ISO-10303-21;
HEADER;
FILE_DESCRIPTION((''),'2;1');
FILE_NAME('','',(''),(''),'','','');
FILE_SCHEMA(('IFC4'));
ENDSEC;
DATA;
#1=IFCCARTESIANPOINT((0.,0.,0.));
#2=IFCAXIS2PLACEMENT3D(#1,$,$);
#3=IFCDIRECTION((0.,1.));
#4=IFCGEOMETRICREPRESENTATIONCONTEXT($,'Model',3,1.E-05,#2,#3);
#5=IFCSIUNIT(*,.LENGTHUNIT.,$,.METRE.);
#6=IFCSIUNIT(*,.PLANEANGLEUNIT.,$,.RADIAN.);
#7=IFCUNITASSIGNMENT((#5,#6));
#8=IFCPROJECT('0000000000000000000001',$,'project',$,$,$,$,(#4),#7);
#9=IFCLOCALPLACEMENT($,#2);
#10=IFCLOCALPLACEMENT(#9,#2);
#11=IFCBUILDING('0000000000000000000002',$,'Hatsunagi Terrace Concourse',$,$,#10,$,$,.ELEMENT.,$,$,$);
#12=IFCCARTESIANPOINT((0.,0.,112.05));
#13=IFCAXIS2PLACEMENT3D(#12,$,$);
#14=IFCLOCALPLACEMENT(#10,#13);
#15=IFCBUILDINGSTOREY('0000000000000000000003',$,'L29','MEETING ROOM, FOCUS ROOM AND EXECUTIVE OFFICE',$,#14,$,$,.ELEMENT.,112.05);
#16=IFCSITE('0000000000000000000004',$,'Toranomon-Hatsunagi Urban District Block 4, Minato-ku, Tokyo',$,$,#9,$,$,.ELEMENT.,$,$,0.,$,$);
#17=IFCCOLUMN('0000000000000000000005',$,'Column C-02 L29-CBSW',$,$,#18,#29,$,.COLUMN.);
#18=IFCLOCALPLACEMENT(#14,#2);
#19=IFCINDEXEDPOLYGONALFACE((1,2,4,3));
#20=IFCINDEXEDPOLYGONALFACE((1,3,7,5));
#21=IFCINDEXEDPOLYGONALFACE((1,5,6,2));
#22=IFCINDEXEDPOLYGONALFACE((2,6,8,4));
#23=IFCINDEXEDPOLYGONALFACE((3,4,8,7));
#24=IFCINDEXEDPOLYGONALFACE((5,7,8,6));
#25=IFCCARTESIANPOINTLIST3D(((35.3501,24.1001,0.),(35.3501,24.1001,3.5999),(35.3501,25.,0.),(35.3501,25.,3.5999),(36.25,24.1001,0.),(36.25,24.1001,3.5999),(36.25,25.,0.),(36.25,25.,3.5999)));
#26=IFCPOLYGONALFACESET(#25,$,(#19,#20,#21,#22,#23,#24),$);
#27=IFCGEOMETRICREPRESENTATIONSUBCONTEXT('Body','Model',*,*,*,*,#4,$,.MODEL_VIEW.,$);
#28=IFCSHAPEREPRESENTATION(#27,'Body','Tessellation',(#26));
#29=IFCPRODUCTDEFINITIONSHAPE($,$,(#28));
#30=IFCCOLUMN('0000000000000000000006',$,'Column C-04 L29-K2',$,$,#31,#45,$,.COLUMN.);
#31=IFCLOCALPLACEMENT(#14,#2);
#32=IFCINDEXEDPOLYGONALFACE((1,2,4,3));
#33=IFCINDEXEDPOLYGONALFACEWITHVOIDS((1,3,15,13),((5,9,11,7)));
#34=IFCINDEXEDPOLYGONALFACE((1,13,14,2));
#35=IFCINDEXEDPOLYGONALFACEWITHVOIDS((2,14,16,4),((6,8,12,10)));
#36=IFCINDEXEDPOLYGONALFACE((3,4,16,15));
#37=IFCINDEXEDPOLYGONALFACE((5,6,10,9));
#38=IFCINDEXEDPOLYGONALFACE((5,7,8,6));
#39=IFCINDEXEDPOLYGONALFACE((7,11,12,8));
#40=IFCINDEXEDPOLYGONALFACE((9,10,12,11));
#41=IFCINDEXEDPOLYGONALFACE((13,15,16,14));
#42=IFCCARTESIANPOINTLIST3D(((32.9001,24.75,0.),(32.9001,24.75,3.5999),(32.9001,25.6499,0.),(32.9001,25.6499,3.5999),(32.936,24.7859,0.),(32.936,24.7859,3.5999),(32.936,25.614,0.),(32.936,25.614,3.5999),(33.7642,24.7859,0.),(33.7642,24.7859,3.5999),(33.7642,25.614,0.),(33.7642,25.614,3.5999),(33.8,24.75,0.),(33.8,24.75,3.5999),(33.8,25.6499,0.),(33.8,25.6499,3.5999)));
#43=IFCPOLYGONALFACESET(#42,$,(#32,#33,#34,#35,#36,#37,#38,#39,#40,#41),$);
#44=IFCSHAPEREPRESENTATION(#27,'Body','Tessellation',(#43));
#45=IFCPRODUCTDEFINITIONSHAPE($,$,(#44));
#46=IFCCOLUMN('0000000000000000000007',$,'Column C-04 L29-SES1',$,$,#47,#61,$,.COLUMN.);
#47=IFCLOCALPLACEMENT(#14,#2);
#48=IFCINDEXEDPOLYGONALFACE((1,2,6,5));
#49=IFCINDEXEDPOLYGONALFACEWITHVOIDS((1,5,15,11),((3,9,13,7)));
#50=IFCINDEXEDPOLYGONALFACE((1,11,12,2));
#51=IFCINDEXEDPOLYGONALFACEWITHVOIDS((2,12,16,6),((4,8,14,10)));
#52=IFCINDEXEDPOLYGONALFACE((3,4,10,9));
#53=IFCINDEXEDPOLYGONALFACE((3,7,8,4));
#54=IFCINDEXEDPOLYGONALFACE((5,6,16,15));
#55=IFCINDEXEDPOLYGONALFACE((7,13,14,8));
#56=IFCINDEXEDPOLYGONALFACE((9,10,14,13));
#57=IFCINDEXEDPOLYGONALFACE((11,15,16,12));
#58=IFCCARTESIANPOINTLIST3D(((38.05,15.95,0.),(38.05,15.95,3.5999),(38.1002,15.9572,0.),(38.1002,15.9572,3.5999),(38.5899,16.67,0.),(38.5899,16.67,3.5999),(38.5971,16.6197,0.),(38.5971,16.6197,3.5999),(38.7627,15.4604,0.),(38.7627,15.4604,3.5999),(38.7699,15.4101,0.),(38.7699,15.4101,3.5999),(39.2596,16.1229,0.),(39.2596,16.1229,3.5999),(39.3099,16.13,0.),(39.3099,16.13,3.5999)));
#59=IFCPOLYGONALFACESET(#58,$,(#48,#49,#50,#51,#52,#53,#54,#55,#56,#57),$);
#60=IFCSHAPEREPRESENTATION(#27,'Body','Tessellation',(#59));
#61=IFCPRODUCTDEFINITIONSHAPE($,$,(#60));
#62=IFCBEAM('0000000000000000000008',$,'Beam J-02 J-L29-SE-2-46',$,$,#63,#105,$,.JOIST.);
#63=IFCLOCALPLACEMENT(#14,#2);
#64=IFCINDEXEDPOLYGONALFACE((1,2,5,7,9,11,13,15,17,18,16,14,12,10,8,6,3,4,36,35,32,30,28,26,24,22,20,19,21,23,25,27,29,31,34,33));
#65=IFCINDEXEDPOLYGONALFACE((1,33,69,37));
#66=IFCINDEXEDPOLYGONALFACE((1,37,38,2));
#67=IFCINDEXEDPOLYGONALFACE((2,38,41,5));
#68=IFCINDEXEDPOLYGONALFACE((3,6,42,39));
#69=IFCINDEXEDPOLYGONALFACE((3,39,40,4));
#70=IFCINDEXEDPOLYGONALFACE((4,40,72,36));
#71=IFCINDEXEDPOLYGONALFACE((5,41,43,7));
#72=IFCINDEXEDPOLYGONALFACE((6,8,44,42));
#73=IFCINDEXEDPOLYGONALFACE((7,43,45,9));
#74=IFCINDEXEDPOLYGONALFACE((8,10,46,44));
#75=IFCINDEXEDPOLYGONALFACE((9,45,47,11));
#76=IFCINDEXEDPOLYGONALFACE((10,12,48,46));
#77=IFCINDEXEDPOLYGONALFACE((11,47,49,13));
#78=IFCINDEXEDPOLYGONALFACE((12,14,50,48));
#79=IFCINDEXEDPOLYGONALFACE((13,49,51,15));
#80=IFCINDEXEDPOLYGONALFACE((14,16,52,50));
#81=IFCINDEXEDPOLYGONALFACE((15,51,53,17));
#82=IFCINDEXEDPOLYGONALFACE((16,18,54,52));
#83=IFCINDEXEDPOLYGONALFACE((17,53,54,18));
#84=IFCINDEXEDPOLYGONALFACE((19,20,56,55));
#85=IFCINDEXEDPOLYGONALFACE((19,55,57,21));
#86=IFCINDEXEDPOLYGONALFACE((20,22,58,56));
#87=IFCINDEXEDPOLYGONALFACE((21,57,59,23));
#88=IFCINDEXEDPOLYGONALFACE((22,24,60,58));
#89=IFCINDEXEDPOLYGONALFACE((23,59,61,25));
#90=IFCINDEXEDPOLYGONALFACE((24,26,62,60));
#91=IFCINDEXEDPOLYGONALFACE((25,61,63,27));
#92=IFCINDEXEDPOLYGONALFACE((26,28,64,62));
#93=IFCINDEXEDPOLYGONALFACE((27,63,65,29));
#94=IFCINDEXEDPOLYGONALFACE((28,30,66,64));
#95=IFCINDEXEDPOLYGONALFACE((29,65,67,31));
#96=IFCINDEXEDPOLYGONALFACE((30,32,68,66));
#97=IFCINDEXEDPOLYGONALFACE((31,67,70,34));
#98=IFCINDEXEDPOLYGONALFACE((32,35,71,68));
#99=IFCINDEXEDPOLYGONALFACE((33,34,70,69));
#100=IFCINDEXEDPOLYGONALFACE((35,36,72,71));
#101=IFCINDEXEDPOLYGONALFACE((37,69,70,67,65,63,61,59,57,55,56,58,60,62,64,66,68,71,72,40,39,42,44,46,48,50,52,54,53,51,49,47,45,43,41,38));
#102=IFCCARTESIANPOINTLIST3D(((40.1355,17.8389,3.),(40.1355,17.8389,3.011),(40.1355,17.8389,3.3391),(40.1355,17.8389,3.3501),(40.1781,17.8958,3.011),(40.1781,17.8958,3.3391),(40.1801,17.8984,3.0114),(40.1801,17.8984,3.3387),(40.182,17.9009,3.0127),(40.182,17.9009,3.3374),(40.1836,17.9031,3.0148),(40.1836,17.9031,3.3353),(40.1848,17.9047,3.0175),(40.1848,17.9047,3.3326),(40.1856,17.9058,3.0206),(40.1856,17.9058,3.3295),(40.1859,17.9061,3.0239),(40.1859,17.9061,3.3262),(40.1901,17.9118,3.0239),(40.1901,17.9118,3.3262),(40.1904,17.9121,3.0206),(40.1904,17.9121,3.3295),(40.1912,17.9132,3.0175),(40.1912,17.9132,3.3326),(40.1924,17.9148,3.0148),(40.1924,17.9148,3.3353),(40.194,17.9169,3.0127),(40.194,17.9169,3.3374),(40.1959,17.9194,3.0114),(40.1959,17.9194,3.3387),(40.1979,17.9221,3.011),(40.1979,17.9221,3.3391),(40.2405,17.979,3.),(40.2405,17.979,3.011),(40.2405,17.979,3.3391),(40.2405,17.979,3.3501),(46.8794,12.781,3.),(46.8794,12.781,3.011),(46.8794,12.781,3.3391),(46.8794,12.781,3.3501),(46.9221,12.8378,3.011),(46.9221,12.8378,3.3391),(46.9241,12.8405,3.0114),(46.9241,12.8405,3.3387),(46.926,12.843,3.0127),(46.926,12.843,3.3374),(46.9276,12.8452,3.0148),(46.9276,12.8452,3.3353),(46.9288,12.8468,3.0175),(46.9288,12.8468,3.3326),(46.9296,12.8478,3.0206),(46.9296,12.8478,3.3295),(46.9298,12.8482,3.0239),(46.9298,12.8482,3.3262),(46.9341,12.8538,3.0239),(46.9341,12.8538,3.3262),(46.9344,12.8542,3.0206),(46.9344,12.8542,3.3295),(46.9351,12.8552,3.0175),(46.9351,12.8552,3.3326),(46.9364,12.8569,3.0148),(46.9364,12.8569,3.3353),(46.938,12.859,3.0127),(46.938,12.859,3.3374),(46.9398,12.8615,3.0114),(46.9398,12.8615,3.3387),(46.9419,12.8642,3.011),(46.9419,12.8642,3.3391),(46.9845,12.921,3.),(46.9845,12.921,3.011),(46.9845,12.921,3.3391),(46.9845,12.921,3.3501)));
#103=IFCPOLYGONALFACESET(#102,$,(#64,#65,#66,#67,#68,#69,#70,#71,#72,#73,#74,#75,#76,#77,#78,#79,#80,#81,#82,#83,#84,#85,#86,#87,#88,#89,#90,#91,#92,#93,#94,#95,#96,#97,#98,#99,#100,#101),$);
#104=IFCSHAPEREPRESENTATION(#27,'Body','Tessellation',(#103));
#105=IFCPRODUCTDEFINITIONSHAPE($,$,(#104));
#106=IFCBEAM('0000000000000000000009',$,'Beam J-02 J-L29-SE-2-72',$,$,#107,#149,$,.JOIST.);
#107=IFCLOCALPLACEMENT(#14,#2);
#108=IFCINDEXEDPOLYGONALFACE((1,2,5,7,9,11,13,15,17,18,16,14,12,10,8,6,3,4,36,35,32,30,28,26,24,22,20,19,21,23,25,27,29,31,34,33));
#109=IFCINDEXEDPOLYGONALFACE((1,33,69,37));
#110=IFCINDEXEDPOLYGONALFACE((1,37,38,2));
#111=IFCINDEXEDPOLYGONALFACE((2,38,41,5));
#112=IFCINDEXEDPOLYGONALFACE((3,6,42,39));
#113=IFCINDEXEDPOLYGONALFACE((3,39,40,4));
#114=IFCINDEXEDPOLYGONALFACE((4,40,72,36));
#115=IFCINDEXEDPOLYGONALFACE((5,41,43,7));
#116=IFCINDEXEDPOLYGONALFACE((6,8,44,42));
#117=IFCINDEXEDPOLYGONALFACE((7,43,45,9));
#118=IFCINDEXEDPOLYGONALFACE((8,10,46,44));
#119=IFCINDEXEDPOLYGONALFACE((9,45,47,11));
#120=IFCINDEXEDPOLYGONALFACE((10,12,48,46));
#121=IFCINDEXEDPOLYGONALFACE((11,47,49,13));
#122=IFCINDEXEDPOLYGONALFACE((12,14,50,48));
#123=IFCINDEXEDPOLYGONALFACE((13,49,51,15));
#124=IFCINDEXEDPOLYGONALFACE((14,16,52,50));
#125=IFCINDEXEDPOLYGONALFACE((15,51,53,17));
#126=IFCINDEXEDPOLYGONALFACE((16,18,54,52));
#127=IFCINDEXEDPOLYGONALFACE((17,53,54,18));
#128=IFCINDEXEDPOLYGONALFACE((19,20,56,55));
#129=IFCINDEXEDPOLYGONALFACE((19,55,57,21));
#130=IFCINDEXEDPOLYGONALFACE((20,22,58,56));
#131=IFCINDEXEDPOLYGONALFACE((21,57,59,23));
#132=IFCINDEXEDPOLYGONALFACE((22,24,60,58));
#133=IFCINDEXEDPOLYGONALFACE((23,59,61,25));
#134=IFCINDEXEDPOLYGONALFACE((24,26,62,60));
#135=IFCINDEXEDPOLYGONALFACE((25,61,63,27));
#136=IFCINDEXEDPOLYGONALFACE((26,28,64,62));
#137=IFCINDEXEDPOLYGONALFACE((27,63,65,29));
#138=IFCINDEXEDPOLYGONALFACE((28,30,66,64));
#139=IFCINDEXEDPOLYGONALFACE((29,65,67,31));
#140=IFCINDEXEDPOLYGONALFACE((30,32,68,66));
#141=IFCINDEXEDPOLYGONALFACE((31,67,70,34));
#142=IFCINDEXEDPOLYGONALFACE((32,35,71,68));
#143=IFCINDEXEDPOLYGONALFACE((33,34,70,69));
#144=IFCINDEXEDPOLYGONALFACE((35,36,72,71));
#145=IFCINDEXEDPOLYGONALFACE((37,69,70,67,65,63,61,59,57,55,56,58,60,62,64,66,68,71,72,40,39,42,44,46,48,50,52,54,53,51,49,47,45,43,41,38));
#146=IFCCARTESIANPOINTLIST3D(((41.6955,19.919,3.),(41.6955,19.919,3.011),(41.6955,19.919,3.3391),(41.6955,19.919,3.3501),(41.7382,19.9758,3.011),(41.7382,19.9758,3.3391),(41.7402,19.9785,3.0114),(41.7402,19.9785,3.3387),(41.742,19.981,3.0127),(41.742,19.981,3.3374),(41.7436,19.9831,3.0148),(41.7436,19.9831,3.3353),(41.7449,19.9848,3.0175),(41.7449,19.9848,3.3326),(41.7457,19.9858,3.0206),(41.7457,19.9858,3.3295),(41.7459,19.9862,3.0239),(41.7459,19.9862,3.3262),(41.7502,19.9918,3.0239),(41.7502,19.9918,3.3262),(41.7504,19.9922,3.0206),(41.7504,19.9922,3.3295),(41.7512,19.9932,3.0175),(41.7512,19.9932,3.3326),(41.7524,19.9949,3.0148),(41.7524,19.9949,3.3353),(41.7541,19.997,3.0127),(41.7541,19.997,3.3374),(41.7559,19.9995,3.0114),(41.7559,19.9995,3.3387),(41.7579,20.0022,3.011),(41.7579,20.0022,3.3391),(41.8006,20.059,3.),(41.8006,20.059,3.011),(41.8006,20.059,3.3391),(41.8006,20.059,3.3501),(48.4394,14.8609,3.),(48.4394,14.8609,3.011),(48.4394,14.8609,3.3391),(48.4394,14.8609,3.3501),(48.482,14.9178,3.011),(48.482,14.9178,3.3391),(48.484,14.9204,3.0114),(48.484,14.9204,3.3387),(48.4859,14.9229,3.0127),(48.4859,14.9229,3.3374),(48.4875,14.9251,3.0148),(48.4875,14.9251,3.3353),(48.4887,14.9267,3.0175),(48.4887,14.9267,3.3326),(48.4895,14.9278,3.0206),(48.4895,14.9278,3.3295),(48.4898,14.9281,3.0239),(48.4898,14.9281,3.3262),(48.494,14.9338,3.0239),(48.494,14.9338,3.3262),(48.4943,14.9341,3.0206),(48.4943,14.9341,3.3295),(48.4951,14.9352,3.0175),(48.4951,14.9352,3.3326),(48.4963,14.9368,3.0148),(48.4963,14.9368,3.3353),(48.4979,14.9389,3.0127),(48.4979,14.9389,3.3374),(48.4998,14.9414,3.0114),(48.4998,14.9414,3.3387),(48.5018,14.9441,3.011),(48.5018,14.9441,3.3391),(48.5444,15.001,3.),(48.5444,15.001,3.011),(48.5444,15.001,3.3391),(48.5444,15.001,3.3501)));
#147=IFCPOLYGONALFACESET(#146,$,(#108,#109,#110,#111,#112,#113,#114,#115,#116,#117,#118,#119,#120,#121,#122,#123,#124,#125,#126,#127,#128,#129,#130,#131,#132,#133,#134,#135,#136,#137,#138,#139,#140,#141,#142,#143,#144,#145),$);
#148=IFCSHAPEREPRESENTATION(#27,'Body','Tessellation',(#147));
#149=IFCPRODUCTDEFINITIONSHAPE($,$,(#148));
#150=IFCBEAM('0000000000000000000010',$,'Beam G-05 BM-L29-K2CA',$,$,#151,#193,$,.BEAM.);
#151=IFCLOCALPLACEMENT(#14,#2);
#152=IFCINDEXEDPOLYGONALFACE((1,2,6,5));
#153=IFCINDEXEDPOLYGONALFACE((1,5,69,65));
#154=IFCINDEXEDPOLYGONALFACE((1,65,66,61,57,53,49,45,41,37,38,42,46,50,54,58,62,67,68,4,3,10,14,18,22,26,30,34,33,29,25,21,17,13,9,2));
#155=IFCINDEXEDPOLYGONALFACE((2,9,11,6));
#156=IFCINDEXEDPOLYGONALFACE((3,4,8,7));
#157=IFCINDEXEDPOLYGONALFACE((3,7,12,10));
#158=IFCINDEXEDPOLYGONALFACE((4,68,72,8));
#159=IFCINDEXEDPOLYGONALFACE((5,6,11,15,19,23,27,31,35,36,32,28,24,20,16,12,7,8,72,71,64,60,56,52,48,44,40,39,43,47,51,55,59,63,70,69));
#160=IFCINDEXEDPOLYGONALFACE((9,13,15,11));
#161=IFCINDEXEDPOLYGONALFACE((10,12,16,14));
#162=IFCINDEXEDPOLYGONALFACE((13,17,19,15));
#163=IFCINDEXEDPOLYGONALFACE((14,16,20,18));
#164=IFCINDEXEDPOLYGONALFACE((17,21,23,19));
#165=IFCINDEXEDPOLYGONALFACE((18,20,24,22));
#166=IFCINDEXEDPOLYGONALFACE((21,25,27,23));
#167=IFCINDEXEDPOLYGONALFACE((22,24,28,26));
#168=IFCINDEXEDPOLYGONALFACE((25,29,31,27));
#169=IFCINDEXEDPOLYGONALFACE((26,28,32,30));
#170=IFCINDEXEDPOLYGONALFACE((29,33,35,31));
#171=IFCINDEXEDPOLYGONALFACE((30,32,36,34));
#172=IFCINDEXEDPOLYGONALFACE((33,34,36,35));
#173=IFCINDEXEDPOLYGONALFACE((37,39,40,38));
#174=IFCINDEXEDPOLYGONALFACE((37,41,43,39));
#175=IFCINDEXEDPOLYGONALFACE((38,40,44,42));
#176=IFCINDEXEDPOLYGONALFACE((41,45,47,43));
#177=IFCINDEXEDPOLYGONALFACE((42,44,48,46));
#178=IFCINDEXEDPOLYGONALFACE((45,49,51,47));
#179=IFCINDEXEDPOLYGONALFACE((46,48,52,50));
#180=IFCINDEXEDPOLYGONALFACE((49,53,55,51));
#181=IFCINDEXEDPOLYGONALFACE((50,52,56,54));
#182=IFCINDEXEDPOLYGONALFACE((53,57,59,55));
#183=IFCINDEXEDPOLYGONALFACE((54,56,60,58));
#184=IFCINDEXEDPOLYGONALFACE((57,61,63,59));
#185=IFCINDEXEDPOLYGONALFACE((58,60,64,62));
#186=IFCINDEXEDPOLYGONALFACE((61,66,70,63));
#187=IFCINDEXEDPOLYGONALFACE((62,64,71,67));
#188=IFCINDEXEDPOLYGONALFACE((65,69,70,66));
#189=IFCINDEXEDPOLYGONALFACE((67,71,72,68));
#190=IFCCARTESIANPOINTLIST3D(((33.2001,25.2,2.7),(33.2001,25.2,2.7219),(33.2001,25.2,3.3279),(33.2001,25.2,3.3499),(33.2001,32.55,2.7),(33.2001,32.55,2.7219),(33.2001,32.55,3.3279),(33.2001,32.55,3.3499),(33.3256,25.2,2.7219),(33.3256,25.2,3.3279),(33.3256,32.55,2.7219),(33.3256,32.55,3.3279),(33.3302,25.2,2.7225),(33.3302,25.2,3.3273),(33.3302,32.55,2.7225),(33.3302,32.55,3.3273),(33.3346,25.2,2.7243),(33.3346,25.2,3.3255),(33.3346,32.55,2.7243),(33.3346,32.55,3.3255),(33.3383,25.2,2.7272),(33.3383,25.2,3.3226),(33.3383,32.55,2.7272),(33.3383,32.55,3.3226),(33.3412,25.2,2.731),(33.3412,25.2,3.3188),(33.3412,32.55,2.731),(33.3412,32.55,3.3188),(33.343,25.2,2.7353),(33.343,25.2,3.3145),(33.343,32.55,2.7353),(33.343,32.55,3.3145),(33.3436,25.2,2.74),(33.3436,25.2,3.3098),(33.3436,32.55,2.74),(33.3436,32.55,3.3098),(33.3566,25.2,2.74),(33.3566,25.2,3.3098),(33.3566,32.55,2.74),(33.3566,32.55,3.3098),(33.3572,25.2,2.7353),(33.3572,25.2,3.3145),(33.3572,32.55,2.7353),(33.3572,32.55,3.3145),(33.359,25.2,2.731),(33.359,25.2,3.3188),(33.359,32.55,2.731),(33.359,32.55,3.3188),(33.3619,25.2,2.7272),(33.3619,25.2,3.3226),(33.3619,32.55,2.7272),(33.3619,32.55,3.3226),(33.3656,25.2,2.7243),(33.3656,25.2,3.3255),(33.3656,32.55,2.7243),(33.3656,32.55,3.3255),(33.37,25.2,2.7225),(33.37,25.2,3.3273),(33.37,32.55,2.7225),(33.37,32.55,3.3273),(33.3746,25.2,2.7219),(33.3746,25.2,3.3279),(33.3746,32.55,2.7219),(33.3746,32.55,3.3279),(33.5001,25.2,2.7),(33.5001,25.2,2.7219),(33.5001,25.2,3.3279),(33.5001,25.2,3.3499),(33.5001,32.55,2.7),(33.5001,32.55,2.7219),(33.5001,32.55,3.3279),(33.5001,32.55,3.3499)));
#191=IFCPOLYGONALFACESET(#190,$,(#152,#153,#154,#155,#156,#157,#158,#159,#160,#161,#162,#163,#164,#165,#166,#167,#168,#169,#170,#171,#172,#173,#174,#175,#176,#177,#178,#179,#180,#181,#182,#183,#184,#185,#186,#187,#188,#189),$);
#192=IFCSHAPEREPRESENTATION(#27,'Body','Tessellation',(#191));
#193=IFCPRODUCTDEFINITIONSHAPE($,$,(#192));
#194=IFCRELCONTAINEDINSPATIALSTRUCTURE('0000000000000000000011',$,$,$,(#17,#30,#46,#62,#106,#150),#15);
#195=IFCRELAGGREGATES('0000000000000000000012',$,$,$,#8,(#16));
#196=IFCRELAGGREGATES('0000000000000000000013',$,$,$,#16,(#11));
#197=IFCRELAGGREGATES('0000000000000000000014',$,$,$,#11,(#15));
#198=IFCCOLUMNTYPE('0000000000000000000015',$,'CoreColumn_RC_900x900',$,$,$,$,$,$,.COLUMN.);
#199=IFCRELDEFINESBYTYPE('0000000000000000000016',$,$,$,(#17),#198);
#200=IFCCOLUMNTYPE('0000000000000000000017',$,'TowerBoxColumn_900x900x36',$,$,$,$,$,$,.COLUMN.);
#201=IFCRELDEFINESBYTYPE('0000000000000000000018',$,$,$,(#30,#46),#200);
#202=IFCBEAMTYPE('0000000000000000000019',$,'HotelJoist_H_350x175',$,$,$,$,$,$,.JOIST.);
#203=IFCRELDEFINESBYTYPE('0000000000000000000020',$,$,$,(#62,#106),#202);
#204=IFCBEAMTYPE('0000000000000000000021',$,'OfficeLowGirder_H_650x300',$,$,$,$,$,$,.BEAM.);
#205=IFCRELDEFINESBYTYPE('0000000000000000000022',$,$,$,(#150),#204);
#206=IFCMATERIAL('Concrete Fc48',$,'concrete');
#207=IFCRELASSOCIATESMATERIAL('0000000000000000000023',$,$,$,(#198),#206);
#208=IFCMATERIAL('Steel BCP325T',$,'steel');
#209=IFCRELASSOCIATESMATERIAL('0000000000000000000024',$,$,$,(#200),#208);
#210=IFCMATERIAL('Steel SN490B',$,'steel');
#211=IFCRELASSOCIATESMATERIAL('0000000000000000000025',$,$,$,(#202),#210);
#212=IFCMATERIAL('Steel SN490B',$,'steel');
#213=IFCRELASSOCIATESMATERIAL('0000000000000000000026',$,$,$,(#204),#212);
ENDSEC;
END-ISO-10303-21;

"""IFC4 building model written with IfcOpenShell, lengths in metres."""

from ifc_helpers import new_model, si_unit, direction, frame, origin, origin_2d, place, context, subcontext, project, spatial, rectangle, hollow_rectangle, i_section, extrude, material, material_profile, profile_set, type_object, element, save


model = new_model("IFC4")

# Units and contexts
model_context = context("Model", 3, precision=1e-05, world=origin(), true_north=direction((0.0, 1.0)))
body_context = subcontext(model_context, "Body", "Model", "MODEL_VIEW")
ifc_project = project(units=[si_unit("LENGTHUNIT", "METRE"), si_unit("PLANEANGLEUNIT", "RADIAN")], contexts=[model_context])

# Site, building, storey
site_placement = place(None, origin())
site = spatial("IfcSite", under=ifc_project, at=site_placement, Name="Toranomon-Hatsunagi Urban District Block 4, Minato-ku, Tokyo", CompositionType="ELEMENT", RefElevation=0.0)
building_placement = place(site_placement, origin())
building = spatial("IfcBuilding", under=site, at=building_placement, Name="Hatsunagi Terrace Concourse", CompositionType="ELEMENT")
storey_placement = place(building_placement, frame((0.0, 0.0, 112.05)))
storey = spatial("IfcBuildingStorey", under=building, at=storey_placement, Name="L29", Description="MEETING ROOM, FOCUS ROOM AND EXECUTIVE OFFICE", CompositionType="ELEMENT", Elevation=112.05)

# Columns
ifc_material_1 = material(Name="Concrete Fc48", Category="concrete")
ifc_material_profile_1 = material_profile(ifc_material_1, rectangle(XDim=0.8999, YDim=0.8999, at=origin_2d()), Name="RC-900x900")
ifc_profile_set_1 = profile_set([ifc_material_profile_1], Name="Concrete Fc48")
column_type_1 = type_object("IfcColumnType", Name="CoreColumn_RC_900x900", PredefinedType="COLUMN", material=ifc_profile_set_1)
column_placement = place(storey_placement, frame((35.8, 24.55, 0.0), z_axis=(0.0, 0.0, 1.0), x_axis=(1.0, 0.0, 0.0)))
element("IfcColumn", 1, at=column_placement, inside=storey, type_object=column_type_1, Name="Column C-02 L29-CBSW", PredefinedType="COLUMN", context=body_context, shape_type="SweptSolid", body=[
    extrude(rectangle(XDim=0.8999, YDim=0.8999, at=origin_2d()), origin(), (0.0, 0.0, 1.0), 3.5999),
])
ifc_material_2 = material(Name="Steel BCP325T", Category="steel")
ifc_material_profile_2 = material_profile(ifc_material_2, hollow_rectangle(XDim=0.8999, YDim=0.8999, WallThickness=0.0359, at=origin_2d()), Name="BCP-900x900x36")
ifc_profile_set_2 = profile_set([ifc_material_profile_2], Name="Steel BCP325T")
column_type_2 = type_object("IfcColumnType", Name="TowerBoxColumn_900x900x36", PredefinedType="COLUMN", material=ifc_profile_set_2)
for number, where, z_axis, x_axis, name in (
    (2, (33.3501, 25.2, 0.0), (0.0, 0.0, 1.0), (1.0, 0.0, 0.0), "Column C-04 L29-K2"),
    (3, (38.6799, 16.04, 0.0), (0.0, 0.0, 1.0), (0.8, -0.6, 0.0), "Column C-04 L29-SES1"),
):
    element("IfcColumn", number, at=place(storey_placement, frame(where, z_axis=z_axis, x_axis=x_axis)), inside=storey, type_object=column_type_2, Name=name, PredefinedType="COLUMN", context=body_context, shape_type="SweptSolid", body=[
        extrude(hollow_rectangle(XDim=0.8999, YDim=0.8999, WallThickness=0.0359, at=origin_2d()), origin(), (0.0, 0.0, 1.0), 3.5999),
    ])

# Beams
ifc_material_3 = material(Name="Steel SN490B", Category="steel")
ifc_material_profile_3 = material_profile(ifc_material_3, i_section(OverallWidth=0.175, OverallDepth=0.3501, WebThickness=0.0071, FlangeThickness=0.011, FilletRadius=0.0129, at=origin_2d()), Name="H-350x175x7x11")
ifc_profile_set_3 = profile_set([ifc_material_profile_3], Name="Steel SN490B")
beam_type_1 = type_object("IfcBeamType", Name="HotelJoist_H_350x175", PredefinedType="JOIST", material=ifc_profile_set_3)
for number, where, z_axis, x_axis, name in (
    (4, (40.188, 17.9089, 3.175), (0.800003, -0.599995, 0.0), (0.599995, 0.800003, 0.0), "Beam J-02 J-L29-SE-2-46"),
    (5, (41.748, 19.989, 3.175), (0.79999, -0.600014, 0.0), (0.600014, 0.79999, 0.0), "Beam J-02 J-L29-SE-2-72"),
):
    element("IfcBeam", number, at=place(storey_placement, frame(where, z_axis=z_axis, x_axis=x_axis)), inside=storey, type_object=beam_type_1, Name=name, PredefinedType="JOIST", context=body_context, shape_type="SweptSolid", body=[
        extrude(i_section(OverallWidth=0.175, OverallDepth=0.3501, WebThickness=0.0071, FlangeThickness=0.011, FilletRadius=0.0129, at=origin_2d()), origin(), (0.0, 0.0, 1.0), 8.4299),
    ])
ifc_material_4 = material(Name="Steel SN490B", Category="steel")
ifc_material_profile_4 = material_profile(ifc_material_4, i_section(OverallWidth=0.3, OverallDepth=0.6499, WebThickness=0.0129, FlangeThickness=0.022, FilletRadius=0.0181, at=origin_2d()), Name="H-650x300x13x22")
ifc_profile_set_4 = profile_set([ifc_material_profile_4], Name="Steel SN490B")
beam_type_2 = type_object("IfcBeamType", Name="OfficeLowGirder_H_650x300", PredefinedType="BEAM", material=ifc_profile_set_4)
beam_1_placement = place(storey_placement, frame((33.3501, 25.2, 3.0249), z_axis=(0.0, 1.0, 0.0), x_axis=(-1.0, 0.0, 0.0)))
element("IfcBeam", 6, at=beam_1_placement, inside=storey, type_object=beam_type_2, Name="Beam G-05 BM-L29-K2CA", PredefinedType="BEAM", context=body_context, shape_type="SweptSolid", body=[
    extrude(i_section(OverallWidth=0.3, OverallDepth=0.6499, WebThickness=0.0129, FlangeThickness=0.022, FilletRadius=0.0181, at=origin_2d()), origin(), (0.0, 0.0, 1.0), 7.3501),
])

save(model, "model.ifc")
